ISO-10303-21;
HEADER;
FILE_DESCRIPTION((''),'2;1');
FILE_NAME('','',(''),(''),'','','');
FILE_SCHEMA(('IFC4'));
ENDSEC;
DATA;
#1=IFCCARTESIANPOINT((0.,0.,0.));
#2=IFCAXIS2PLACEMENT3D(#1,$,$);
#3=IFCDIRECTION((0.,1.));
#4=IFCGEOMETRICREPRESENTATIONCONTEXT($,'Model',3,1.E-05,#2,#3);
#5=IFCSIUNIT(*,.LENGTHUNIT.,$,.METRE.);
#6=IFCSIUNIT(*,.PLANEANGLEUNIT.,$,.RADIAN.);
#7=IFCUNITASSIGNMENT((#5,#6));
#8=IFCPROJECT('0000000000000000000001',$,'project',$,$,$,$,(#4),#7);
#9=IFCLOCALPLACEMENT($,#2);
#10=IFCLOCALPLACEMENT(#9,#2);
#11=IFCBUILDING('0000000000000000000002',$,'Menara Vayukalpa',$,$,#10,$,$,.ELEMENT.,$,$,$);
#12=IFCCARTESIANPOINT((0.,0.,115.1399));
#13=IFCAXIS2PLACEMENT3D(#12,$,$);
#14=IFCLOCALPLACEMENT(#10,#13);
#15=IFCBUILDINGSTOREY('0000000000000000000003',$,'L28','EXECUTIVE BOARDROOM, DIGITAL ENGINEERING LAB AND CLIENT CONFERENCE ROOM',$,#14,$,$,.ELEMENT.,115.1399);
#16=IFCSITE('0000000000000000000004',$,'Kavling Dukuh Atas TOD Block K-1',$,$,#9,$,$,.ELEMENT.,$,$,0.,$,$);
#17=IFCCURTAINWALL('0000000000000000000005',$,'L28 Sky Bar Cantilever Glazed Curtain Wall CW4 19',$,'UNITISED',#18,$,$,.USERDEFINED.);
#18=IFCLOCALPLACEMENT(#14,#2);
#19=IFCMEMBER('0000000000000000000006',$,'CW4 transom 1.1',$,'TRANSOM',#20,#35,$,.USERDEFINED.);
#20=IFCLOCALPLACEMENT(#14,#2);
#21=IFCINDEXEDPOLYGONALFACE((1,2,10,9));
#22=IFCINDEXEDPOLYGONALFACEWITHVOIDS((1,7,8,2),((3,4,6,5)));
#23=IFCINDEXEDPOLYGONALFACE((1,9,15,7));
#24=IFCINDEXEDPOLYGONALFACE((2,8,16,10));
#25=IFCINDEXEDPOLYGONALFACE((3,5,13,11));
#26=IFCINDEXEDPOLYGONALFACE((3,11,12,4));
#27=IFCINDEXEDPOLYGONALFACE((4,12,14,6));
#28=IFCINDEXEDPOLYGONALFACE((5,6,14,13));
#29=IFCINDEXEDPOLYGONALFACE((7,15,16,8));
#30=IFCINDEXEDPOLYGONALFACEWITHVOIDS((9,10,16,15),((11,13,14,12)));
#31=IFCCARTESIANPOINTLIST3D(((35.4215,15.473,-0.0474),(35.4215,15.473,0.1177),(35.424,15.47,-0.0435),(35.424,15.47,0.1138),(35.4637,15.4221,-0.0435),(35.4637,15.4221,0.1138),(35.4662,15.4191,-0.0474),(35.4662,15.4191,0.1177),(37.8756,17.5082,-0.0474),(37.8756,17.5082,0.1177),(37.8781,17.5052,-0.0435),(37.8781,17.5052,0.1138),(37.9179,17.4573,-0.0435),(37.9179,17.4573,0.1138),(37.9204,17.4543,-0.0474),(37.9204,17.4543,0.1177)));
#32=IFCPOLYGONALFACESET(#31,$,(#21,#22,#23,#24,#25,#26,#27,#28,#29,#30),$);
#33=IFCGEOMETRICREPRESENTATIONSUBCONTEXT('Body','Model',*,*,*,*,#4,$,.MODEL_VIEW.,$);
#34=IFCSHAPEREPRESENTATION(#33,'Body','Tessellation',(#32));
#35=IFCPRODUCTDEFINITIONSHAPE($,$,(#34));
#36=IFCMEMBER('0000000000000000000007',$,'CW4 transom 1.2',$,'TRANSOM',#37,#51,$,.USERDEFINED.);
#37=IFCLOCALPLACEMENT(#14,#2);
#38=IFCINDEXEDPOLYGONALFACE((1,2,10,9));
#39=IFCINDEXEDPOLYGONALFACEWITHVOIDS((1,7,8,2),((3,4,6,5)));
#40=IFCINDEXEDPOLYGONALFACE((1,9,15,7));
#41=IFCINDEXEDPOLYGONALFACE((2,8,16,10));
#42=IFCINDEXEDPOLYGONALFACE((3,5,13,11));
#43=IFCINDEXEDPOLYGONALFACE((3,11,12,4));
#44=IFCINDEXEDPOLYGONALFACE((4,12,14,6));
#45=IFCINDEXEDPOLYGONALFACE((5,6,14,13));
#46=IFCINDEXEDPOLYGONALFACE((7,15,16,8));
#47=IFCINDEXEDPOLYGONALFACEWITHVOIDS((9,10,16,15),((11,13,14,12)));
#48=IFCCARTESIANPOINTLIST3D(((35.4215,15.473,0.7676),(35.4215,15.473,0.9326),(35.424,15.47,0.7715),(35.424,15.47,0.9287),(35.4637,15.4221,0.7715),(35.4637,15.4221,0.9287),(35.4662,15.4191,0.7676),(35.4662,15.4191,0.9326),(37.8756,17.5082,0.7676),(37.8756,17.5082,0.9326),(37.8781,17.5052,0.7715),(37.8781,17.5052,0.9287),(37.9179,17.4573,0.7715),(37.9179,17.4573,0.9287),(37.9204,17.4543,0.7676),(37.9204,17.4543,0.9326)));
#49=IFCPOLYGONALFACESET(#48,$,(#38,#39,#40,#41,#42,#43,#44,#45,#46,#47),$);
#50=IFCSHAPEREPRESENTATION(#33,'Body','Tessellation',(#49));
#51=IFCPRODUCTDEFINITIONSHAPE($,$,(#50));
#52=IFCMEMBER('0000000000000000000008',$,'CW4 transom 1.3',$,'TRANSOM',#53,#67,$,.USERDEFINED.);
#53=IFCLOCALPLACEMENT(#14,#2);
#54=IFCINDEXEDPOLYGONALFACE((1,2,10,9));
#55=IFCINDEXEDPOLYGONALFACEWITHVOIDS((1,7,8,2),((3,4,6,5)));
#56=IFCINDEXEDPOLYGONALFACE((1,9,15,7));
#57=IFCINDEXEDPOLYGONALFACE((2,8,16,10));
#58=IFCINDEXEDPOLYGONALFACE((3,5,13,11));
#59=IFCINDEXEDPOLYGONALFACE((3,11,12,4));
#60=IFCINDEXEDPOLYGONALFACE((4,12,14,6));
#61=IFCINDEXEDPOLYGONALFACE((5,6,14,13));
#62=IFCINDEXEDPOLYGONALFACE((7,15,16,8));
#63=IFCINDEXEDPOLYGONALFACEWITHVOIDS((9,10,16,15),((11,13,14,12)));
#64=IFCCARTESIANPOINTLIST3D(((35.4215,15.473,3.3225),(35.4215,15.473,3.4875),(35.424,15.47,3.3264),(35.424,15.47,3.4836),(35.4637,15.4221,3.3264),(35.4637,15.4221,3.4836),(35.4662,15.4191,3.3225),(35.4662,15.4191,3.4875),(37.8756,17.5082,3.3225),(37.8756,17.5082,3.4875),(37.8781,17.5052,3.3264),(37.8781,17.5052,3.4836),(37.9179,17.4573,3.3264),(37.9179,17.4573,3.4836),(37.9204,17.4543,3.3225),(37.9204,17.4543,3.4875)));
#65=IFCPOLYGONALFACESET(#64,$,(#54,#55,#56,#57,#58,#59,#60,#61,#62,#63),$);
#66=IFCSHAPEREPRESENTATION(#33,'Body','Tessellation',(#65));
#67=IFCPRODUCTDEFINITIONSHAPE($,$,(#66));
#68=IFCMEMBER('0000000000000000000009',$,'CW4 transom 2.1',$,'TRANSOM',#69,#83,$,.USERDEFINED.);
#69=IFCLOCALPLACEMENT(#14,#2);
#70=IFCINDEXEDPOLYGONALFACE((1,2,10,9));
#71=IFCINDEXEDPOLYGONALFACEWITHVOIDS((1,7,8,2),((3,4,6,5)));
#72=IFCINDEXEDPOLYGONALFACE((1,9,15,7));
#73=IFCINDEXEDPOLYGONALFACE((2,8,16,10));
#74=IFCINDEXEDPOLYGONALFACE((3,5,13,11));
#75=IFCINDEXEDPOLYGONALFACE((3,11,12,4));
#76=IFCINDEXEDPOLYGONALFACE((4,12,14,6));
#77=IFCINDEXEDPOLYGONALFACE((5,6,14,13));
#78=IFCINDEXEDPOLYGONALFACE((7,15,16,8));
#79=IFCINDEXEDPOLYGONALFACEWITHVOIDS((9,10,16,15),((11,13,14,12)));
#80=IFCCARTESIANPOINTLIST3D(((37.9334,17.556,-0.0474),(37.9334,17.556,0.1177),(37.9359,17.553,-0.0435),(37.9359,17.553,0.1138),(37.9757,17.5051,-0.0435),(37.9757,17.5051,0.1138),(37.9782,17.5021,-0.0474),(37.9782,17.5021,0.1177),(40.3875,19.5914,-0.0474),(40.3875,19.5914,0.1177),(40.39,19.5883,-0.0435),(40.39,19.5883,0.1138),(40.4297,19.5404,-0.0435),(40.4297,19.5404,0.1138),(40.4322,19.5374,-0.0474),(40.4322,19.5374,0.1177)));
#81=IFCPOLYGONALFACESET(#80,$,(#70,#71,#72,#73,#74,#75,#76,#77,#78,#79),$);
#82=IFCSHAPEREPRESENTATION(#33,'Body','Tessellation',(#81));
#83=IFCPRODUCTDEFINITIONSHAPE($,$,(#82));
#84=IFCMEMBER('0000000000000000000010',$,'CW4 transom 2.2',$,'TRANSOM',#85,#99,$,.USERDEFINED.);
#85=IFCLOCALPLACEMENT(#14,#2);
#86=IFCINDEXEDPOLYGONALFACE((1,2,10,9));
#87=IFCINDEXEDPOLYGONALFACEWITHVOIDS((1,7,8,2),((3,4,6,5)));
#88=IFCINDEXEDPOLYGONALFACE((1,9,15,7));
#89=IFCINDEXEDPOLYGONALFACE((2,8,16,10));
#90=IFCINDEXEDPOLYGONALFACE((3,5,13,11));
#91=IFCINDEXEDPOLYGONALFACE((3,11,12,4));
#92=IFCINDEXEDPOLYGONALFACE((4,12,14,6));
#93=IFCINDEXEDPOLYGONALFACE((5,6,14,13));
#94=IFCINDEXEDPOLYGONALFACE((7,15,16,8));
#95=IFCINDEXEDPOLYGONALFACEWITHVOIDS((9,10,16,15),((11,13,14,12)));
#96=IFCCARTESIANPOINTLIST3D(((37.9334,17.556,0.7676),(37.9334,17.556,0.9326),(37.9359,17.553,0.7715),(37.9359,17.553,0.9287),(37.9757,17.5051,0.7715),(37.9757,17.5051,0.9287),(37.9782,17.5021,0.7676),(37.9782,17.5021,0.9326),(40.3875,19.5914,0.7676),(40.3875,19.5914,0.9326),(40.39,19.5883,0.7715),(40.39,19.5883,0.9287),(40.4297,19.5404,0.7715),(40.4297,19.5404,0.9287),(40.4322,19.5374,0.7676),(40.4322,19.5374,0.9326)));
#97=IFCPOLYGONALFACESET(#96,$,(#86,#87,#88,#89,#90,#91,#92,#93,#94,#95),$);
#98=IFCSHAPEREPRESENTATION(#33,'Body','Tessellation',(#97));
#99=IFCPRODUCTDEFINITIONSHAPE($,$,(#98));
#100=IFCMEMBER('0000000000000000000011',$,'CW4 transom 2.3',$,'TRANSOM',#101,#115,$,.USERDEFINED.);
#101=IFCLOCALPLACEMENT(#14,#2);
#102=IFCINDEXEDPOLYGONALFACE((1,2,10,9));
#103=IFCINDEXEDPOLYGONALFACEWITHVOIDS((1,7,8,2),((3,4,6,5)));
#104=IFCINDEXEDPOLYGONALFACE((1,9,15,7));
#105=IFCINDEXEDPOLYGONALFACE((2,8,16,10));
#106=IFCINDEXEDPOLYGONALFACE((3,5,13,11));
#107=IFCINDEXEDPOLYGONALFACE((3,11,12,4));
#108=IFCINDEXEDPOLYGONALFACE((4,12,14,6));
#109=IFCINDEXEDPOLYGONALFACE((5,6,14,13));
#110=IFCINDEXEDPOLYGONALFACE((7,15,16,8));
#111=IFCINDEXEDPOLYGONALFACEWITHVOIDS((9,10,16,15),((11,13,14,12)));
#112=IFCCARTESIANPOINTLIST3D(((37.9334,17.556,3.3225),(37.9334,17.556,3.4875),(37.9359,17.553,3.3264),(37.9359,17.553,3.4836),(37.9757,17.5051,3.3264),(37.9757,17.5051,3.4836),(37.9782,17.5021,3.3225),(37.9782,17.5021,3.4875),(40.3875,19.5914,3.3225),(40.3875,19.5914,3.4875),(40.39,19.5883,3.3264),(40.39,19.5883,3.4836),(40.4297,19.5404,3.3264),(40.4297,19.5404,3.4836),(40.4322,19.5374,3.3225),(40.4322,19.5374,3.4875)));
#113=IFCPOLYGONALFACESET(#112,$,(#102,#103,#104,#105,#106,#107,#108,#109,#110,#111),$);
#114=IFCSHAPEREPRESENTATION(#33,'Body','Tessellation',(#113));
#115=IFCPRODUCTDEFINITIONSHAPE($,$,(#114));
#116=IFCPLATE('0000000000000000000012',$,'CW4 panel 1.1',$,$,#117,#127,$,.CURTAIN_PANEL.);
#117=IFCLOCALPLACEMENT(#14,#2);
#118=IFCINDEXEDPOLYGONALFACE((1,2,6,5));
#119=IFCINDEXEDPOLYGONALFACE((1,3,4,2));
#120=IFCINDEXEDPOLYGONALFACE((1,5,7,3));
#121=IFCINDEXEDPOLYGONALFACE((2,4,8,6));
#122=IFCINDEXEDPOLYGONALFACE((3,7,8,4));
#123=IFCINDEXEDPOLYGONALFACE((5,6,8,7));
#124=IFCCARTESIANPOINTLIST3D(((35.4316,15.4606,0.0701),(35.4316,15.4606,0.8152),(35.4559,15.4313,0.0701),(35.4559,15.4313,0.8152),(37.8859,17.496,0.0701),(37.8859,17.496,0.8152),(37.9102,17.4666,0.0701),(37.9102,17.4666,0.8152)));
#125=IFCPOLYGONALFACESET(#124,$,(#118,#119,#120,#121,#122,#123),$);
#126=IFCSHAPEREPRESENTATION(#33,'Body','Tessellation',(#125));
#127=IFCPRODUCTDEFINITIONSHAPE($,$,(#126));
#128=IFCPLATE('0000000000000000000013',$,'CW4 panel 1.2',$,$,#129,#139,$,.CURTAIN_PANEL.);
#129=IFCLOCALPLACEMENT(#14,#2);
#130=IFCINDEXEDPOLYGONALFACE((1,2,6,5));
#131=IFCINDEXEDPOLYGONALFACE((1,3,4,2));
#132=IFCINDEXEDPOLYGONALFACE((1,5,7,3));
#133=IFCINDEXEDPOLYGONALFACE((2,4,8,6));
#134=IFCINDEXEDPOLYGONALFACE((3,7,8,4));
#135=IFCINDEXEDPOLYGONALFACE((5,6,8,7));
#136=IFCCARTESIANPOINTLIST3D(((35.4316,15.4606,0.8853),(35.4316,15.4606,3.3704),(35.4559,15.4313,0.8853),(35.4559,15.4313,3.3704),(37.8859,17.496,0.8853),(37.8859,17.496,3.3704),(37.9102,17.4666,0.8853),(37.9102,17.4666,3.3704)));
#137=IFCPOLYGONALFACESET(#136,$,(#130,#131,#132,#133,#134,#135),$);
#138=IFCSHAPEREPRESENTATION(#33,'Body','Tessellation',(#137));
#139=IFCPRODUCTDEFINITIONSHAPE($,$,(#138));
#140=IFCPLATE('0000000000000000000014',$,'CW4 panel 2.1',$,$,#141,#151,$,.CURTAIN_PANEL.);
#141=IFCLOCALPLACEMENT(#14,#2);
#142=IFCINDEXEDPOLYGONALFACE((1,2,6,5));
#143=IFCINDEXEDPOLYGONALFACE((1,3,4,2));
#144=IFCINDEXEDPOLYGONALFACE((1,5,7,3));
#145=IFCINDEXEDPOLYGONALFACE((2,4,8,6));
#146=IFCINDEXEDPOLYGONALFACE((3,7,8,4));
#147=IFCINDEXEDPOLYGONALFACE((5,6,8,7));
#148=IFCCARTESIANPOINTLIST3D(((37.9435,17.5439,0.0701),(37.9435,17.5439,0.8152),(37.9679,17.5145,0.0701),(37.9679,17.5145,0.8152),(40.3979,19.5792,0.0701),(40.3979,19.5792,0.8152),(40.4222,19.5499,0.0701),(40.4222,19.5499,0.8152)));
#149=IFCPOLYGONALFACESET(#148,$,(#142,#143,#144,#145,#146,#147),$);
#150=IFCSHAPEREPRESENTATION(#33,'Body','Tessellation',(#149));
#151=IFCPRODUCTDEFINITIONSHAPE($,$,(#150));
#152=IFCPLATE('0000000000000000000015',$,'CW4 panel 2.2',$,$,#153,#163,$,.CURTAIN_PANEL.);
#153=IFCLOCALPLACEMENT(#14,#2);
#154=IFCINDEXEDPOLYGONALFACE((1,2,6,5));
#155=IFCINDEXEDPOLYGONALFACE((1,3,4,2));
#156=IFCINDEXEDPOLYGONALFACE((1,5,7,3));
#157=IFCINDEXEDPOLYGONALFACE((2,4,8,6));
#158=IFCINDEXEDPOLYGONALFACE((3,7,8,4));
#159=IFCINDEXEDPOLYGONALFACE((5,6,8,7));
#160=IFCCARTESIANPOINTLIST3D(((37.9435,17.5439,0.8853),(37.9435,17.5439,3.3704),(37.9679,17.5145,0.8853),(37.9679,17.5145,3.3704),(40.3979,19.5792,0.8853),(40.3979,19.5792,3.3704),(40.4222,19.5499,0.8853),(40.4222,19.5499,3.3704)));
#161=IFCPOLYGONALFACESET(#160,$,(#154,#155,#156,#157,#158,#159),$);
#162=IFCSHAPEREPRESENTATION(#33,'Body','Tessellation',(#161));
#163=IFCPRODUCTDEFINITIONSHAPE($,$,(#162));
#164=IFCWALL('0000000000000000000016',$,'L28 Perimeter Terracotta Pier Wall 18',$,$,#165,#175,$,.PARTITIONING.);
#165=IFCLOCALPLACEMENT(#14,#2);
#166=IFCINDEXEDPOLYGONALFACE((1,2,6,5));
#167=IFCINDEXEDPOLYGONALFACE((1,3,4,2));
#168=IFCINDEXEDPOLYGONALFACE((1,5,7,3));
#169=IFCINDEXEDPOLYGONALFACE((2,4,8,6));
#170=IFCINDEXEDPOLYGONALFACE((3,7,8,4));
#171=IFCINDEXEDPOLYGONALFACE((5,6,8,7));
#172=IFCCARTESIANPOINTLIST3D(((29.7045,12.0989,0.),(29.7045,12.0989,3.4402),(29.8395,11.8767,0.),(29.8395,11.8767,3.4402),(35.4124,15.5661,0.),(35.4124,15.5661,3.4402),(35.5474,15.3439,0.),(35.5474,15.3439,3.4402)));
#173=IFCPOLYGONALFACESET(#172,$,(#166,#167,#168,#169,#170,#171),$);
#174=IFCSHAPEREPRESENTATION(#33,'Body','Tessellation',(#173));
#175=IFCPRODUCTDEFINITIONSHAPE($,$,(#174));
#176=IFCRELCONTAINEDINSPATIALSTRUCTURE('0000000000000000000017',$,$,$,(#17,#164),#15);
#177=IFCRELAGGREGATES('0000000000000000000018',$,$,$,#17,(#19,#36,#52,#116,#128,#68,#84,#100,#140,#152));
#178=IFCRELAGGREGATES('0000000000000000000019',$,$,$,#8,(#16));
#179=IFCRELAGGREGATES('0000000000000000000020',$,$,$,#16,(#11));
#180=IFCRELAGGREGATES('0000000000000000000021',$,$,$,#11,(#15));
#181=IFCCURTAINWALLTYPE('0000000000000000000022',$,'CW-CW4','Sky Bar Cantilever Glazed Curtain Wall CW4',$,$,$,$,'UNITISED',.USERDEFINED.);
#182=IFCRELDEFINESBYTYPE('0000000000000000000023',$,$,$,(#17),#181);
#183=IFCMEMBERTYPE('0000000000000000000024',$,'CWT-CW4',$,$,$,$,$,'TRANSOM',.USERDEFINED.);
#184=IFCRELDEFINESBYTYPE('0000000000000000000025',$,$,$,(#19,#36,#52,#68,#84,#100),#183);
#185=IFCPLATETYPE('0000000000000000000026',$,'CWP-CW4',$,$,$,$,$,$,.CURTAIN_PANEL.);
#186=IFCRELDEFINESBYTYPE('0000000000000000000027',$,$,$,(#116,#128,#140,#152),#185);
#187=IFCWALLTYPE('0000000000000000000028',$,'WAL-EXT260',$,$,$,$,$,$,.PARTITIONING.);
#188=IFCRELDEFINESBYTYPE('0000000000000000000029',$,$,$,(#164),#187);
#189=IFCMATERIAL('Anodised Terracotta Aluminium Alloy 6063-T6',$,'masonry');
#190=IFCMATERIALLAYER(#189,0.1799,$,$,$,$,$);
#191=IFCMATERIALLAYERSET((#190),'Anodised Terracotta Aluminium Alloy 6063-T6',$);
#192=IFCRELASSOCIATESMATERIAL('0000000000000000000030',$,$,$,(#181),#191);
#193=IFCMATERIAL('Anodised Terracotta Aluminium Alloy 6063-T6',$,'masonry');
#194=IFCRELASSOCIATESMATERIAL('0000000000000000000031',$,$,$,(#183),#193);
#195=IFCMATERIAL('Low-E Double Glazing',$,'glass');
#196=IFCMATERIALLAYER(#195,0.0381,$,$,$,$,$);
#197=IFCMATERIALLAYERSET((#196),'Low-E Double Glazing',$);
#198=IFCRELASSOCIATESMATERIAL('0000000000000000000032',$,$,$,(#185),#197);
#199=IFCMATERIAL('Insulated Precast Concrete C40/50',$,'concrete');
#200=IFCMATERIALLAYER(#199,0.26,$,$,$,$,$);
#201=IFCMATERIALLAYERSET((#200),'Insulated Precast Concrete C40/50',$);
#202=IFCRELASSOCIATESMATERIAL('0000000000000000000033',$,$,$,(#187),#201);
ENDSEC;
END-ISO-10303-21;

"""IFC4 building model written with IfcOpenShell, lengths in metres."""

from ifc_helpers import new_model, si_unit, direction, frame, frame_2d, origin, origin_2d, place, context, subcontext, project, spatial, rectangle, hollow_rectangle, extrude, material, layer, layer_set, material_profile, profile_set, type_object, element, aggregate, save


model = new_model("IFC4")

# Units and contexts
model_context = context("Model", 3, precision=1e-05, world=origin(), true_north=direction((0.0, 1.0)))
body_context = subcontext(model_context, "Body", "Model", "MODEL_VIEW")
ifc_project = project(units=[si_unit("LENGTHUNIT", "METRE"), si_unit("PLANEANGLEUNIT", "RADIAN")], contexts=[model_context])

# Site, building, storey
site_placement = place(None, origin())
site = spatial("IfcSite", under=ifc_project, at=site_placement, Name="Kavling Dukuh Atas TOD Block K-1", CompositionType="ELEMENT", RefElevation=0.0)
building_placement = place(site_placement, origin())
building = spatial("IfcBuilding", under=site, at=building_placement, Name="Menara Vayukalpa", CompositionType="ELEMENT")
storey_placement = place(building_placement, frame((0.0, 0.0, 115.1399)))
storey = spatial("IfcBuildingStorey", under=building, at=storey_placement, Name="L28", Description="EXECUTIVE BOARDROOM, DIGITAL ENGINEERING LAB AND CLIENT CONFERENCE ROOM", CompositionType="ELEMENT", Elevation=115.1399)

# Curtain wall, members, plates
ifc_material_1 = material(Name="Anodised Terracotta Aluminium Alloy 6063-T6", Category="masonry")
ifc_layer_1 = layer(ifc_material_1, 0.1799)
ifc_layer_set_1 = layer_set([ifc_layer_1], Name="Anodised Terracotta Aluminium Alloy 6063-T6")
curtain_wall_type = type_object("IfcCurtainWallType", Name="CW-CW4", Description="Sky Bar Cantilever Glazed Curtain Wall CW4", ElementType="UNITISED", PredefinedType="USERDEFINED", material=ifc_layer_set_1)
curtain_wall_placement = place(storey_placement, origin())
curtain_wall = element("IfcCurtainWall", 1, at=curtain_wall_placement, inside=storey, type_object=curtain_wall_type, Name="L28 Sky Bar Cantilever Glazed Curtain Wall CW4 19", ObjectType="UNITISED", PredefinedType="USERDEFINED")
ifc_material_2 = material(Name="Anodised Terracotta Aluminium Alloy 6063-T6", Category="masonry")
ifc_material_profile_1 = material_profile(ifc_material_2, hollow_rectangle(XDim=0.0701, YDim=0.165, WallThickness=0.0039, at=origin_2d()), Name="ALU 70x165x4")
ifc_profile_set_1 = profile_set([ifc_material_profile_1], Name="Anodised Terracotta Aluminium Alloy 6063-T6")
member_type_1 = type_object("IfcMemberType", Name="CWT-CW4", ElementType="TRANSOM", PredefinedType="USERDEFINED", material=ifc_profile_set_1)
member_1_placement = place(storey_placement, frame((35.4438, 15.446, 0.0352), z_axis=(0.769751, 0.638345, 0.0), x_axis=(-0.638345, 0.769751, 0.0)))
member_1 = element("IfcMember", 2, at=member_1_placement, type_object=member_type_1, Name="CW4 transom 1.1", ObjectType="TRANSOM", PredefinedType="USERDEFINED", context=body_context, shape_type="SweptSolid", body=[
    extrude(hollow_rectangle(XDim=0.0701, YDim=0.165, WallThickness=0.0039, at=origin_2d()), origin(), (0.0, 0.0, 1.0), 3.1882),
])
member_2_placement = place(storey_placement, frame((35.4438, 15.446, 0.8501), z_axis=(0.769751, 0.638345, 0.0), x_axis=(-0.638345, 0.769751, 0.0)))
member_2 = element("IfcMember", 3, at=member_2_placement, type_object=member_type_1, Name="CW4 transom 1.2", ObjectType="TRANSOM", PredefinedType="USERDEFINED", context=body_context, shape_type="SweptSolid", body=[
    extrude(hollow_rectangle(XDim=0.0701, YDim=0.165, WallThickness=0.0039, at=origin_2d()), origin(), (0.0, 0.0, 1.0), 3.1882),
])
member_3_placement = place(storey_placement, frame((35.4438, 15.446, 3.405), z_axis=(0.769751, 0.638345, 0.0), x_axis=(-0.638345, 0.769751, 0.0)))
member_3 = element("IfcMember", 4, at=member_3_placement, type_object=member_type_1, Name="CW4 transom 1.3", ObjectType="TRANSOM", PredefinedType="USERDEFINED", context=body_context, shape_type="SweptSolid", body=[
    extrude(hollow_rectangle(XDim=0.0701, YDim=0.165, WallThickness=0.0039, at=origin_2d()), origin(), (0.0, 0.0, 1.0), 3.1882),
])
member_4_placement = place(storey_placement, frame((37.9558, 17.5291, 0.0352), z_axis=(0.769713, 0.63839, 0.0), x_axis=(-0.63839, 0.769713, 0.0)))
member_4 = element("IfcMember", 5, at=member_4_placement, type_object=member_type_1, Name="CW4 transom 2.1", ObjectType="TRANSOM", PredefinedType="USERDEFINED", context=body_context, shape_type="SweptSolid", body=[
    extrude(hollow_rectangle(XDim=0.0701, YDim=0.165, WallThickness=0.0039, at=origin_2d()), origin(), (0.0, 0.0, 1.0), 3.1882),
])
member_5_placement = place(storey_placement, frame((37.9558, 17.5291, 0.8501), z_axis=(0.769713, 0.63839, 0.0), x_axis=(-0.63839, 0.769713, 0.0)))
member_5 = element("IfcMember", 6, at=member_5_placement, type_object=member_type_1, Name="CW4 transom 2.2", ObjectType="TRANSOM", PredefinedType="USERDEFINED", context=body_context, shape_type="SweptSolid", body=[
    extrude(hollow_rectangle(XDim=0.0701, YDim=0.165, WallThickness=0.0039, at=origin_2d()), origin(), (0.0, 0.0, 1.0), 3.1882),
])
member_6_placement = place(storey_placement, frame((37.9558, 17.5291, 3.405), z_axis=(0.769713, 0.63839, 0.0), x_axis=(-0.63839, 0.769713, 0.0)))
member_6 = element("IfcMember", 7, at=member_6_placement, type_object=member_type_1, Name="CW4 transom 2.3", ObjectType="TRANSOM", PredefinedType="USERDEFINED", context=body_context, shape_type="SweptSolid", body=[
    extrude(hollow_rectangle(XDim=0.0701, YDim=0.165, WallThickness=0.0039, at=origin_2d()), origin(), (0.0, 0.0, 1.0), 3.1882),
])
ifc_material_3 = material(Name="Low-E Double Glazing", Category="glass")
ifc_layer_2 = layer(ifc_material_3, 0.0381)
ifc_layer_set_2 = layer_set([ifc_layer_2], Name="Low-E Double Glazing")
plate_type = type_object("IfcPlateType", Name="CWP-CW4", PredefinedType="CURTAIN_PANEL", material=ifc_layer_set_2)
plate_1_placement = place(storey_placement, frame((36.6709, 16.4636, 0.0701), z_axis=(0.0, 0.0, 1.0), x_axis=(0.76975, 0.638346, 0.0)))
plate_1 = element("IfcPlate", 8, at=plate_1_placement, type_object=plate_type, Name="CW4 panel 1.1", PredefinedType="CURTAIN_PANEL", context=body_context, shape_type="SweptSolid", body=[
    extrude(rectangle(XDim=3.1885, YDim=0.0381, at=origin_2d()), origin(), (0.0, 0.0, 1.0), 0.7451),
])
plate_2_placement = place(storey_placement, frame((36.6709, 16.4636, 0.8853), z_axis=(0.0, 0.0, 1.0), x_axis=(0.76975, 0.638346, 0.0)))
plate_2 = element("IfcPlate", 9, at=plate_2_placement, type_object=plate_type, Name="CW4 panel 1.2", PredefinedType="CURTAIN_PANEL", context=body_context, shape_type="SweptSolid", body=[
    extrude(rectangle(XDim=3.1885, YDim=0.0381, at=origin_2d()), origin(), (0.0, 0.0, 1.0), 2.4851),
])
plate_3_placement = place(storey_placement, frame((39.1829, 18.5469, 0.0701), z_axis=(0.0, 0.0, 1.0), x_axis=(0.76975, 0.638346, 0.0)))
plate_3 = element("IfcPlate", 10, at=plate_3_placement, type_object=plate_type, Name="CW4 panel 2.1", PredefinedType="CURTAIN_PANEL", context=body_context, shape_type="SweptSolid", body=[
    extrude(rectangle(XDim=3.1885, YDim=0.0381, at=origin_2d()), origin(), (0.0, 0.0, 1.0), 0.7451),
])
plate_4_placement = place(storey_placement, frame((39.1829, 18.5469, 0.8853), z_axis=(0.0, 0.0, 1.0), x_axis=(0.76975, 0.638346, 0.0)))
plate_4 = element("IfcPlate", 11, at=plate_4_placement, type_object=plate_type, Name="CW4 panel 2.2", PredefinedType="CURTAIN_PANEL", context=body_context, shape_type="SweptSolid", body=[
    extrude(rectangle(XDim=3.1885, YDim=0.0381, at=origin_2d()), origin(), (0.0, 0.0, 1.0), 2.4851),
])
aggregate(curtain_wall, [member_1, member_2, member_3, plate_1, plate_2, member_4, member_5, member_6, plate_3, plate_4])

# Wall
ifc_material_4 = material(Name="Insulated Precast Concrete C40/50", Category="concrete")
ifc_layer_3 = layer(ifc_material_4, 0.26)
ifc_layer_set_3 = layer_set([ifc_layer_3], Name="Insulated Precast Concrete C40/50")
wall_type = type_object("IfcWallType", Name="WAL-EXT260", PredefinedType="PARTITIONING", material=ifc_layer_set_3)
wall_placement = place(storey_placement, frame((35.48, 15.4551, 0.0), z_axis=(0.0, 0.0, 1.0), x_axis=(-0.854674, -0.519165, 0.0)))
element("IfcWall", 12, at=wall_placement, inside=storey, type_object=wall_type, Name="L28 Perimeter Terracotta Pier Wall 18", PredefinedType="PARTITIONING", context=body_context, shape_type="SweptSolid", body=[
    extrude(rectangle(XDim=6.6785, YDim=0.26, at=frame_2d((3.3394, 0.0))), origin(), (0.0, 0.0, 1.0), 3.4402),
])

save(model, "model.ifc")
